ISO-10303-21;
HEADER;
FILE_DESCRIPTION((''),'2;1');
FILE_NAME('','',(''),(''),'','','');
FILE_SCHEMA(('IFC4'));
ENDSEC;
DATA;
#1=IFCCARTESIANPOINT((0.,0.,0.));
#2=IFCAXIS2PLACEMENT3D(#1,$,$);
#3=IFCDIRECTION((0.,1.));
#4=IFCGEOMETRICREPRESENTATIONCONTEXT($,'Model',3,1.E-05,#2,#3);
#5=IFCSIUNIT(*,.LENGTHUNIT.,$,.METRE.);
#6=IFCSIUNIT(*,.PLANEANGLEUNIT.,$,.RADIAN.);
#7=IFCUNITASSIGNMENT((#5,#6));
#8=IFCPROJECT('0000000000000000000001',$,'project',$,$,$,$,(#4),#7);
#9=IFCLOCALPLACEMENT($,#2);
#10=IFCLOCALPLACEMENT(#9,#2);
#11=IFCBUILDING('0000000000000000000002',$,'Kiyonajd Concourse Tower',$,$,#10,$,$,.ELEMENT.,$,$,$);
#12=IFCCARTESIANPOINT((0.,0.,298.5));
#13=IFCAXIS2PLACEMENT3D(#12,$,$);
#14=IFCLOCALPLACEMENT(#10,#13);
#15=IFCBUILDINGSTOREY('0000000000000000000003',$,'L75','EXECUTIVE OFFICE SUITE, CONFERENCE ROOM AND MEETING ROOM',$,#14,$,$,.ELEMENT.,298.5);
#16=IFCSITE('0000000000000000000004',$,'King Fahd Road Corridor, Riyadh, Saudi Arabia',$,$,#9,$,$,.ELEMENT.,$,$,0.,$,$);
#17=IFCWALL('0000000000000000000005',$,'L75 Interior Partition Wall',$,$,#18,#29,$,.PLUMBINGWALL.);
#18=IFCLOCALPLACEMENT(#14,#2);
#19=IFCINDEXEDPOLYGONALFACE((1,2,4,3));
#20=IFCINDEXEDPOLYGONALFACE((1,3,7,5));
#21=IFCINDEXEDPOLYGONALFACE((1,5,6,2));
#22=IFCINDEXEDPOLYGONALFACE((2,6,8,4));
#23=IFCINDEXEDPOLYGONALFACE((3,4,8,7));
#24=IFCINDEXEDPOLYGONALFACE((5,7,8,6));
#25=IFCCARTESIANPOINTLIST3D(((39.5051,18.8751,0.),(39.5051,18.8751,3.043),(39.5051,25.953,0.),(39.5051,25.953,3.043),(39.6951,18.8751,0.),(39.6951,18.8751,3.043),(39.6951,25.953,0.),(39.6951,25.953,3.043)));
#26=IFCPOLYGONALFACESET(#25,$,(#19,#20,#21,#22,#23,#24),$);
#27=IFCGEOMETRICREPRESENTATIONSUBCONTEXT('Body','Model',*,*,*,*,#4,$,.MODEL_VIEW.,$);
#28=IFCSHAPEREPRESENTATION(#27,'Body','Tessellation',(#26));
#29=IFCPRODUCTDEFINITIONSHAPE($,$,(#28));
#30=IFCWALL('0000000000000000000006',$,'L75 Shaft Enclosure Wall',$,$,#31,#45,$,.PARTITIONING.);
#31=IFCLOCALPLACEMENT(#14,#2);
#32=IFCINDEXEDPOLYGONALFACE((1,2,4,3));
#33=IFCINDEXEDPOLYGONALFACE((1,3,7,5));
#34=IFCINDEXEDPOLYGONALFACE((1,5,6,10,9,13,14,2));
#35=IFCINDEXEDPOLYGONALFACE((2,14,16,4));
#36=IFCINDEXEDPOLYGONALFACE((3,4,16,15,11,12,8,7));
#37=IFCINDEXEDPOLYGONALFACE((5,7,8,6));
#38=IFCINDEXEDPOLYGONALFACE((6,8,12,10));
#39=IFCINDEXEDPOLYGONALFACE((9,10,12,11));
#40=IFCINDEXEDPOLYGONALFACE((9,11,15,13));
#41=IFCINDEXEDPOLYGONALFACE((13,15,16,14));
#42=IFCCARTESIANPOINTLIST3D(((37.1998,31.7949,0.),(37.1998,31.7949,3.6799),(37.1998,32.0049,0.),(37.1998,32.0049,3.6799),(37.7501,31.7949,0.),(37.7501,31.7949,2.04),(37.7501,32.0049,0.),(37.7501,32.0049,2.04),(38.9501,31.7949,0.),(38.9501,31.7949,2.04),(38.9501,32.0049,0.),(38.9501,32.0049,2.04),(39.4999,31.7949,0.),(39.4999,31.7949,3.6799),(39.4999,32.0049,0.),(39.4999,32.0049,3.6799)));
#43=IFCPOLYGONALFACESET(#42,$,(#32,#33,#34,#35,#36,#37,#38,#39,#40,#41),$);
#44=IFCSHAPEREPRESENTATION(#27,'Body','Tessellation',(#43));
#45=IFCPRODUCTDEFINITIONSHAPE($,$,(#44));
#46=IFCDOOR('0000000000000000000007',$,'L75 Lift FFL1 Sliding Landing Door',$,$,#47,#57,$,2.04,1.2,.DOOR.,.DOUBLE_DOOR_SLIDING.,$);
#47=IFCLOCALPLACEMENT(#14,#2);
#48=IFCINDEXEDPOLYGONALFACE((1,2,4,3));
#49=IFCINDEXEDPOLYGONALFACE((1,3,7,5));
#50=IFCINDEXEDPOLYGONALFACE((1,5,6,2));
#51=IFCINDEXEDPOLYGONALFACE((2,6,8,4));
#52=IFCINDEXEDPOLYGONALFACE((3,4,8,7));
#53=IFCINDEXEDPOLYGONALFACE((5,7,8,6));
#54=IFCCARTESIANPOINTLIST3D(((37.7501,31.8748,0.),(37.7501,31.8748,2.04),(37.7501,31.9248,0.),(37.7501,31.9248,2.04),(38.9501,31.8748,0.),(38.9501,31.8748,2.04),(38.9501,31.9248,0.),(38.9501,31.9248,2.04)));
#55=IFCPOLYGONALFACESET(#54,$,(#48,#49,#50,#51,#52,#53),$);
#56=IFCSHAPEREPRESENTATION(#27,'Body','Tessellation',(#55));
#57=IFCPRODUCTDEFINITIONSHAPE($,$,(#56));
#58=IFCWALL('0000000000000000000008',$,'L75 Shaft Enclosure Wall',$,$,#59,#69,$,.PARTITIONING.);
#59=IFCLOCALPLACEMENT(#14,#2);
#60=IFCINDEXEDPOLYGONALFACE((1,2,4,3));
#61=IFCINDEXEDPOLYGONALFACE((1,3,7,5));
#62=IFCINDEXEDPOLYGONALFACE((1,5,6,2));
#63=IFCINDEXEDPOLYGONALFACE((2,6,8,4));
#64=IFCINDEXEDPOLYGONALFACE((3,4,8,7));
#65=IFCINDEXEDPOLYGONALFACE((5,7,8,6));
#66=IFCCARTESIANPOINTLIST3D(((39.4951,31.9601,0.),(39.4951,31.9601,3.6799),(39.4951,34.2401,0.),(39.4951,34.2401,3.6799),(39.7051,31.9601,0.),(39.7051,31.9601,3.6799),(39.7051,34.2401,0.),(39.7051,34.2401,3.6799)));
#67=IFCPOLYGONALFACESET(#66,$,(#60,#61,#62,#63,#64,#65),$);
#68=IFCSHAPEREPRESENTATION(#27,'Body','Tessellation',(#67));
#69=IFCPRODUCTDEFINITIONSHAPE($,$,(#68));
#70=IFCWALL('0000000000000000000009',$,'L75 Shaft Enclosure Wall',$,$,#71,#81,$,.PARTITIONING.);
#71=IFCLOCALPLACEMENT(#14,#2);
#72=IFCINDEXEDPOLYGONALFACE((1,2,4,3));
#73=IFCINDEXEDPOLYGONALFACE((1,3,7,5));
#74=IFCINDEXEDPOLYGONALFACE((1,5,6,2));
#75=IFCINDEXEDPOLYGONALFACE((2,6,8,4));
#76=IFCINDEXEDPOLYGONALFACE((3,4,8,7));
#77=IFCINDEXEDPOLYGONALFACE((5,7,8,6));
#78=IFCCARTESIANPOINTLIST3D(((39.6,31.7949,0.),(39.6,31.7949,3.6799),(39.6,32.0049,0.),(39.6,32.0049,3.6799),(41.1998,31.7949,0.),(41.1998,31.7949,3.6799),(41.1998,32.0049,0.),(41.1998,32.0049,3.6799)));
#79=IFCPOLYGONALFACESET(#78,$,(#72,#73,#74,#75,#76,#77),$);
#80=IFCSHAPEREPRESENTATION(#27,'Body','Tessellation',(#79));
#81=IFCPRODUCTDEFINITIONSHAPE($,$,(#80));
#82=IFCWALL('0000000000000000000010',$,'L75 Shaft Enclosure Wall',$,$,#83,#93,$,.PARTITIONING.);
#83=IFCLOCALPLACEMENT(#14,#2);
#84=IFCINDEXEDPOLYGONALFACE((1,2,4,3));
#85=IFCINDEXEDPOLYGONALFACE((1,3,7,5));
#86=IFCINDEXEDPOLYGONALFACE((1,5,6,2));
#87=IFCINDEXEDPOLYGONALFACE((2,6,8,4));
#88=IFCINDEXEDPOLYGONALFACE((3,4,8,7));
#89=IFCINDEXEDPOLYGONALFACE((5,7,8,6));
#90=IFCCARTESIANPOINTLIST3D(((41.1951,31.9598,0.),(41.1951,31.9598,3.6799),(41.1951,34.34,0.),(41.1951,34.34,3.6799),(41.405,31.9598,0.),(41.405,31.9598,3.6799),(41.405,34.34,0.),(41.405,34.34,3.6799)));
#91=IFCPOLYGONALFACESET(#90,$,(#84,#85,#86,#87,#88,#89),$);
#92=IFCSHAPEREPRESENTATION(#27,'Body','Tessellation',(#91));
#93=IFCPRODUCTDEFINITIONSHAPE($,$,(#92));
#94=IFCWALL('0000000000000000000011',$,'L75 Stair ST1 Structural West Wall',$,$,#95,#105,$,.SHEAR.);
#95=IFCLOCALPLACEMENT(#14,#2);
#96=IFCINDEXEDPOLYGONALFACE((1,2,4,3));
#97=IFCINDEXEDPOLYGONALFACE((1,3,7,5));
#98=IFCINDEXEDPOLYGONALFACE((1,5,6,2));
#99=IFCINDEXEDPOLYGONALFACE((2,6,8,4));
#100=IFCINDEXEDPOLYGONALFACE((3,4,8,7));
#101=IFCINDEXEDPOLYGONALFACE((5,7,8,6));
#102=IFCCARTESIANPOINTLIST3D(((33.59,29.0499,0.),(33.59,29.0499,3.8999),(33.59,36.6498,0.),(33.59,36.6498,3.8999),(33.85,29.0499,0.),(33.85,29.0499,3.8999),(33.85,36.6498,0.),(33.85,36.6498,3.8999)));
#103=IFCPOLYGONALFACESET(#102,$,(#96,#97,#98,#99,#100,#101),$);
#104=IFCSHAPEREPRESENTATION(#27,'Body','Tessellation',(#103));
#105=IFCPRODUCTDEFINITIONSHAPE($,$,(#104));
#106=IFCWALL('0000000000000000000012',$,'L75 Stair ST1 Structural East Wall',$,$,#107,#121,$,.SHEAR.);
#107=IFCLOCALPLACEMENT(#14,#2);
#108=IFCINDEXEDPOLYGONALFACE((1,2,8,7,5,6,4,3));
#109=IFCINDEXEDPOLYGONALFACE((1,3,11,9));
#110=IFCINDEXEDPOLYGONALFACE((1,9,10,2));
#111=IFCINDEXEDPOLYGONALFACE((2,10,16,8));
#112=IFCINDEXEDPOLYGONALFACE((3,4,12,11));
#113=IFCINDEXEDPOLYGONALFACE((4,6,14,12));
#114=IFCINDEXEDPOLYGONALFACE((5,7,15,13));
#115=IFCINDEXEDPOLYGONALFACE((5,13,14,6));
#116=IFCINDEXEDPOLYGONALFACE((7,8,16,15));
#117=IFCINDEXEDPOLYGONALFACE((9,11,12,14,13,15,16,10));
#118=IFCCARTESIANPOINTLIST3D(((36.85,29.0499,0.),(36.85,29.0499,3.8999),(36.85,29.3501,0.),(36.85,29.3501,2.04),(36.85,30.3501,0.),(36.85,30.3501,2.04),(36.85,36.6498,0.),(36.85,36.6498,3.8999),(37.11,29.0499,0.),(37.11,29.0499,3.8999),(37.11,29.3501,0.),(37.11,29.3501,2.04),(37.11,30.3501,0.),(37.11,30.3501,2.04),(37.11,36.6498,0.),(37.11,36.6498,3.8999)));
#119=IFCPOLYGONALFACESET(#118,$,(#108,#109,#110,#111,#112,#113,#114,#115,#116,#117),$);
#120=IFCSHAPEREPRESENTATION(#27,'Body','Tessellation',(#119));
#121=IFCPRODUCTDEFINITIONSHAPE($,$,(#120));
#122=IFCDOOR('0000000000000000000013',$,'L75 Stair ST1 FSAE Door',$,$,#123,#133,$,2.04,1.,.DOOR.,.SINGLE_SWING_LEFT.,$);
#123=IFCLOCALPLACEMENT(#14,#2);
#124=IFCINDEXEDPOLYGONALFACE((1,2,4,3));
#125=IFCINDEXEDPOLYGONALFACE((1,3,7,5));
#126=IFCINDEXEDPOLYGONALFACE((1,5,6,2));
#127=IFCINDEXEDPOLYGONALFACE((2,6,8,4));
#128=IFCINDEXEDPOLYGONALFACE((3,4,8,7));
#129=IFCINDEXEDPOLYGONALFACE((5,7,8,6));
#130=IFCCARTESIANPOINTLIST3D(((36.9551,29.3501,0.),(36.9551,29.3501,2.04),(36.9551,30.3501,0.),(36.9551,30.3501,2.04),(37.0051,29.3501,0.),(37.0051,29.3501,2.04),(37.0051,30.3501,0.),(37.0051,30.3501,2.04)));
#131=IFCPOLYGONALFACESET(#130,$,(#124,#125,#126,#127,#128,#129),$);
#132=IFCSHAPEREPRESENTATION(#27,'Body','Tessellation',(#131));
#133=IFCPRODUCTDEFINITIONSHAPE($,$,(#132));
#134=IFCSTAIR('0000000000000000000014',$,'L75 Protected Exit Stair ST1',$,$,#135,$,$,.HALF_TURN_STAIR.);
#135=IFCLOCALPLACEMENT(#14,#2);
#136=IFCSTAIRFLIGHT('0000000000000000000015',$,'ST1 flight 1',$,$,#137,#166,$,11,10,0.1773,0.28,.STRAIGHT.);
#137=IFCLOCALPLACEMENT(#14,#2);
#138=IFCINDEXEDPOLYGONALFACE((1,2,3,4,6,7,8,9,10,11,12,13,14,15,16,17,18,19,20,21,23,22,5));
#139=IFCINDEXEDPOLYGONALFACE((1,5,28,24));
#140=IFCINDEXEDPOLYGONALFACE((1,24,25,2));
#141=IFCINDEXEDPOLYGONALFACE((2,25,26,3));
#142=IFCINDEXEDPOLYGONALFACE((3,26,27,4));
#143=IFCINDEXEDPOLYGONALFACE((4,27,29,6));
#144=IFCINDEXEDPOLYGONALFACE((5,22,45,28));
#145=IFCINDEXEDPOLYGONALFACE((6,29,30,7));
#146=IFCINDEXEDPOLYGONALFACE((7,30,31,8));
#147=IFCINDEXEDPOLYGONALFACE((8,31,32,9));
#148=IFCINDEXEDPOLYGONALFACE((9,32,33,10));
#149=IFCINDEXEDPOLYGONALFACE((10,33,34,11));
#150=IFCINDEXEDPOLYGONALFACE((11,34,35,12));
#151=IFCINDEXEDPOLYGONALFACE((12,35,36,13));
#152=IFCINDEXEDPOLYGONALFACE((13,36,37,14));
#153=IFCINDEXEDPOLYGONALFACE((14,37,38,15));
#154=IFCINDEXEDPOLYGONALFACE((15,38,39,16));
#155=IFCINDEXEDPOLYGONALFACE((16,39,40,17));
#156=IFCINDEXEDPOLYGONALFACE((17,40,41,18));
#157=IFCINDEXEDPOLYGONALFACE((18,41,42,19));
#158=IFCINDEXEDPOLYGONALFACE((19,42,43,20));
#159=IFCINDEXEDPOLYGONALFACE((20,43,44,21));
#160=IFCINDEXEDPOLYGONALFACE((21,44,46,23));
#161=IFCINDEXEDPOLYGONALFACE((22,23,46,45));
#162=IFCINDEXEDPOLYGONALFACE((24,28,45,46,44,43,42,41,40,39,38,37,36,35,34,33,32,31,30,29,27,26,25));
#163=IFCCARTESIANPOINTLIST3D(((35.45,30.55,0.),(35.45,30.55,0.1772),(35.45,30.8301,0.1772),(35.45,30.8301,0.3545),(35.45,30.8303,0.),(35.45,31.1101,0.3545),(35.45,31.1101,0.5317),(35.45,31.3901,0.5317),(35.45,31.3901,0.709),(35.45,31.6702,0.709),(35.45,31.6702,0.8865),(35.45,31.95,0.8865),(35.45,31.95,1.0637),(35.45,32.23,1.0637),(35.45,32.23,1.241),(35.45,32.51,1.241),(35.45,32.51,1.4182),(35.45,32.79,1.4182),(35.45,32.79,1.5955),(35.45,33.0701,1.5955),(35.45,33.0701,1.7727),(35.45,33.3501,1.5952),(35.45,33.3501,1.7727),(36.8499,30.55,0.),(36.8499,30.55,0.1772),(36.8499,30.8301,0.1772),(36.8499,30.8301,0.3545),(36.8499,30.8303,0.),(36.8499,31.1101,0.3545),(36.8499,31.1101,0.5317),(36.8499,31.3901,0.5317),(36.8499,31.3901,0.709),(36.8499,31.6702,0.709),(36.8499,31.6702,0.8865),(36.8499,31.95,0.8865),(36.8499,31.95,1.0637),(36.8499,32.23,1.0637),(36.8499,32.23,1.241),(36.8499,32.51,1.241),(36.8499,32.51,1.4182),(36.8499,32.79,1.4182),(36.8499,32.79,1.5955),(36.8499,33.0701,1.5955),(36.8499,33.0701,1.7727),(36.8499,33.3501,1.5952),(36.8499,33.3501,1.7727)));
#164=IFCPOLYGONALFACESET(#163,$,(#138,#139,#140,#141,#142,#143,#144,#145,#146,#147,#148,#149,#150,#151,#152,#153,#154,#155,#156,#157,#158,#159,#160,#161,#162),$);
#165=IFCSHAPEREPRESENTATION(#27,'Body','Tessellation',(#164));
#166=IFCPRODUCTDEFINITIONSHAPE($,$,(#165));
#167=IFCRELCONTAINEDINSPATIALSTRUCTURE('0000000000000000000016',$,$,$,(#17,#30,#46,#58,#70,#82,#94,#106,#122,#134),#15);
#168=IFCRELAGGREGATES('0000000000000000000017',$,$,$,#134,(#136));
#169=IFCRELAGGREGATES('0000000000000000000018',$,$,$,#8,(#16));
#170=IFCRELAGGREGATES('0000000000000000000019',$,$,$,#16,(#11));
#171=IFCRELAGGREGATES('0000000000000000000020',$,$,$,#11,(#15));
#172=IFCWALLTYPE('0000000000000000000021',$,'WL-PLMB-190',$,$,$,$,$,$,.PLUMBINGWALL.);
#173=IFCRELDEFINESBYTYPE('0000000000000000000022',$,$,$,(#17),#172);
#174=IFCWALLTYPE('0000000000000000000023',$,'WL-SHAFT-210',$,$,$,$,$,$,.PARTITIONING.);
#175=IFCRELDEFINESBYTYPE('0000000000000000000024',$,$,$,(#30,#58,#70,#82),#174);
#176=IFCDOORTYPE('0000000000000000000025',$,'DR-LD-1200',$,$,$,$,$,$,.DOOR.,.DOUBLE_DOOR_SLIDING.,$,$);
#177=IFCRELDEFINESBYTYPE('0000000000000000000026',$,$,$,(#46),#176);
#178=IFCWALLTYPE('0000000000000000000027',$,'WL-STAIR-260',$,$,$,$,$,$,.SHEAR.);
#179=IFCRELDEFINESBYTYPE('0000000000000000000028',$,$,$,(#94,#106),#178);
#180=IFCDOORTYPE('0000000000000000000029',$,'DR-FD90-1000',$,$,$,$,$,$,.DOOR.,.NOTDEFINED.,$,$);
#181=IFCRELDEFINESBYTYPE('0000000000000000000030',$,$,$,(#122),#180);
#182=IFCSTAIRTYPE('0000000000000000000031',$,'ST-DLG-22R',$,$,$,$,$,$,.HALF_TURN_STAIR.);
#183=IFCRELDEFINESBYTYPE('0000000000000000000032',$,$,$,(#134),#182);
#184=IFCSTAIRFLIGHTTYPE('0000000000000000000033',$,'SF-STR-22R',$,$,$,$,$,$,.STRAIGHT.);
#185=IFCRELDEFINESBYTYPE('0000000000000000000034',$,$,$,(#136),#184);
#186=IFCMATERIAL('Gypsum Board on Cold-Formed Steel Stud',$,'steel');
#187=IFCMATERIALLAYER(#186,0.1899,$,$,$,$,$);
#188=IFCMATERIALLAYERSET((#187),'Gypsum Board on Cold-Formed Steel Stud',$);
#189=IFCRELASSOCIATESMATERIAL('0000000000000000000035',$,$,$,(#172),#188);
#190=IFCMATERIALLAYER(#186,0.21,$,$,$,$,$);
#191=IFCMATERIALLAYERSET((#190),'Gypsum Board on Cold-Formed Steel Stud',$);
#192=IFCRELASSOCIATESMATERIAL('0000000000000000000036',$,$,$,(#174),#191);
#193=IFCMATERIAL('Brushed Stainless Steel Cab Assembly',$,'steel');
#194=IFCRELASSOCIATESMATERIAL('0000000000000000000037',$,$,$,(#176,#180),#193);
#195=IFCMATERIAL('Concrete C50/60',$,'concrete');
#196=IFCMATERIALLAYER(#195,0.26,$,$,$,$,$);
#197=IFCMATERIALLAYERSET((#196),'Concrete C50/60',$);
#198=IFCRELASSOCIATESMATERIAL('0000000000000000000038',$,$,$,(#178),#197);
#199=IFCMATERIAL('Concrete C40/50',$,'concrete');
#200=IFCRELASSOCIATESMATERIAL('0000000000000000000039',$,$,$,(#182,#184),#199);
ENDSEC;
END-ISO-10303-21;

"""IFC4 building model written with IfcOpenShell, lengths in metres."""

from ifc_helpers import new_model, si_unit, direction, frame, frame_2d, origin, place, context, subcontext, project, spatial, polyline, rectangle, outline, extrude, material, layer, layer_set, type_object, element, fill, aggregate, save


model = new_model("IFC4")

# Units and contexts
model_context = context("Model", 3, precision=1e-05, world=origin(), true_north=direction((0.0, 1.0)))
body_context = subcontext(model_context, "Body", "Model", "MODEL_VIEW")
ifc_project = project(units=[si_unit("LENGTHUNIT", "METRE"), si_unit("PLANEANGLEUNIT", "RADIAN")], contexts=[model_context])

# Site, building, storey
site_placement = place(None, origin())
site = spatial("IfcSite", under=ifc_project, at=site_placement, Name="King Fahd Road Corridor, Riyadh, Saudi Arabia", CompositionType="ELEMENT", RefElevation=0.0)
building_placement = place(site_placement, origin())
building = spatial("IfcBuilding", under=site, at=building_placement, Name="Kiyonajd Concourse Tower", CompositionType="ELEMENT")
storey_placement = place(building_placement, frame((0.0, 0.0, 298.5)))
storey = spatial("IfcBuildingStorey", under=building, at=storey_placement, Name="L75", Description="EXECUTIVE OFFICE SUITE, CONFERENCE ROOM AND MEETING ROOM", CompositionType="ELEMENT", Elevation=298.5)

# Wall
ifc_material_1 = material(Name="Gypsum Board on Cold-Formed Steel Stud", Category="steel")
ifc_layer_1 = layer(ifc_material_1, 0.1899)
ifc_layer_set_1 = layer_set([ifc_layer_1], Name="Gypsum Board on Cold-Formed Steel Stud")
wall_type_1 = type_object("IfcWallType", Name="WL-PLMB-190", PredefinedType="PLUMBINGWALL", material=ifc_layer_set_1)
wall_1_placement = place(storey_placement, frame((39.6001, 18.875, 0.0), z_axis=(0.0, 0.0, 1.0), x_axis=(0.0, 1.0, 0.0)))
element("IfcWall", 1, at=wall_1_placement, inside=storey, type_object=wall_type_1, Name="L75 Interior Partition Wall", PredefinedType="PLUMBINGWALL", context=body_context, shape_type="SweptSolid", body=[
    extrude(rectangle(XDim=7.0779, YDim=0.1899, at=frame_2d((3.5391, 0.0))), origin(), (0.0, 0.0, 1.0), 3.043),
])

# Wall, opening, door
ifc_layer_2 = layer(ifc_material_1, 0.21)
ifc_layer_set_2 = layer_set([ifc_layer_2], Name="Gypsum Board on Cold-Formed Steel Stud")
wall_type_2 = type_object("IfcWallType", Name="WL-SHAFT-210", PredefinedType="PARTITIONING", material=ifc_layer_set_2)
wall_2_placement = place(storey_placement, frame((37.2, 31.8999, 0.0), z_axis=(0.0, 0.0, 1.0), x_axis=(1.0, 0.0, 0.0)))
wall_2 = element("IfcWall", 2, at=wall_2_placement, inside=storey, type_object=wall_type_2, Name="L75 Shaft Enclosure Wall", PredefinedType="PARTITIONING", context=body_context, shape_type="SweptSolid", body=[
    extrude(rectangle(XDim=2.3, YDim=0.21, at=frame_2d((1.1499, 0.0))), origin(), (0.0, 0.0, 1.0), 3.6799),
])
opening_1_placement = place(wall_2_placement, frame((0.55, 0.0, 0.0)))
opening_1 = element("IfcOpeningElement", 3, at=opening_1_placement, cuts=wall_2, PredefinedType="OPENING", context=body_context, shape_type="SweptSolid", body=[
    extrude(rectangle(XDim=1.2, YDim=2.04, at=frame_2d((0.6001, 1.02))), frame((0.0, 0.115, 0.0), z_axis=(0.0, -1.0, 0.0), x_axis=(1.0, 0.0, 0.0)), (0.0, 0.0, 1.0), 0.23),
])
ifc_material_2 = material(Name="Brushed Stainless Steel Cab Assembly", Category="steel")
door_type_1 = type_object("IfcDoorType", Name="DR-LD-1200", OperationType="DOUBLE_DOOR_SLIDING", PredefinedType="DOOR", material=ifc_material_2)
door_1_placement = place(opening_1_placement, origin())
door_1 = element("IfcDoor", 4, at=door_1_placement, inside=storey, type_object=door_type_1, Name="L75 Lift FFL1 Sliding Landing Door", OperationType="DOUBLE_DOOR_SLIDING", OverallHeight=2.04, OverallWidth=1.2, PredefinedType="DOOR", context=body_context, shape_type="SweptSolid", body=[
    extrude(rectangle(XDim=1.2, YDim=2.04, at=frame_2d((0.6001, 1.02))), frame((0.0, 0.0249, 0.0), z_axis=(0.0, -1.0, 0.0), x_axis=(1.0, 0.0, 0.0)), (0.0, 0.0, 1.0), 0.05),
])
fill(opening_1, door_1)

# Walls
wall_3_placement = place(storey_placement, frame((39.6001, 31.96, 0.0), z_axis=(0.0, 0.0, 1.0), x_axis=(0.0, 1.0, 0.0)))
element("IfcWall", 5, at=wall_3_placement, inside=storey, type_object=wall_type_2, Name="L75 Shaft Enclosure Wall", PredefinedType="PARTITIONING", context=body_context, shape_type="SweptSolid", body=[
    extrude(rectangle(XDim=2.28, YDim=0.21, at=frame_2d((1.1401, 0.0))), origin(), (0.0, 0.0, 1.0), 3.6799),
])
wall_4_placement = place(storey_placement, frame((39.6001, 31.8999, 0.0), z_axis=(0.0, 0.0, 1.0), x_axis=(1.0, 0.0, 0.0)))
element("IfcWall", 6, at=wall_4_placement, inside=storey, type_object=wall_type_2, Name="L75 Shaft Enclosure Wall", PredefinedType="PARTITIONING", context=body_context, shape_type="SweptSolid", body=[
    extrude(rectangle(XDim=1.5999, YDim=0.21, at=frame_2d((0.7998, 0.0))), origin(), (0.0, 0.0, 1.0), 3.6799),
])
wall_5_placement = place(storey_placement, frame((41.3, 31.96, 0.0), z_axis=(0.0, 0.0, 1.0), x_axis=(0.0, 1.0, 0.0)))
element("IfcWall", 7, at=wall_5_placement, inside=storey, type_object=wall_type_2, Name="L75 Shaft Enclosure Wall", PredefinedType="PARTITIONING", context=body_context, shape_type="SweptSolid", body=[
    extrude(rectangle(XDim=2.3801, YDim=0.21, at=frame_2d((1.1899, 0.0))), origin(), (0.0, 0.0, 1.0), 3.6799),
])
ifc_material_3 = material(Name="Concrete C50/60", Category="concrete")
ifc_layer_3 = layer(ifc_material_3, 0.26)
ifc_layer_set_3 = layer_set([ifc_layer_3], Name="Concrete C50/60")
wall_type_3 = type_object("IfcWallType", Name="WL-STAIR-260", PredefinedType="SHEAR", material=ifc_layer_set_3)
wall_6_placement = place(storey_placement, frame((33.72, 29.05, 0.0), z_axis=(0.0, 0.0, 1.0), x_axis=(0.0, 1.0, 0.0)))
element("IfcWall", 8, at=wall_6_placement, inside=storey, type_object=wall_type_3, Name="L75 Stair ST1 Structural West Wall", PredefinedType="SHEAR", context=body_context, shape_type="SweptSolid", body=[
    extrude(rectangle(XDim=7.5999, YDim=0.26, at=frame_2d((3.7998, 0.0))), origin(), (0.0, 0.0, 1.0), 3.8999),
])

# Wall, opening, door
wall_7_placement = place(storey_placement, frame((36.98, 29.05, 0.0), z_axis=(0.0, 0.0, 1.0), x_axis=(0.0, 1.0, 0.0)))
wall_7 = element("IfcWall", 9, at=wall_7_placement, inside=storey, type_object=wall_type_3, Name="L75 Stair ST1 Structural East Wall", PredefinedType="SHEAR", context=body_context, shape_type="SweptSolid", body=[
    extrude(rectangle(XDim=7.5999, YDim=0.26, at=frame_2d((3.7998, 0.0))), origin(), (0.0, 0.0, 1.0), 3.8999),
])
opening_2_placement = place(wall_7_placement, frame((0.3, 0.0, 0.0)))
opening_2 = element("IfcOpeningElement", 10, at=opening_2_placement, cuts=wall_7, PredefinedType="OPENING", context=body_context, shape_type="SweptSolid", body=[
    extrude(rectangle(XDim=1.0, YDim=2.04, at=frame_2d((0.5, 1.02))), frame((0.0, 0.1399, 0.0), z_axis=(0.0, -1.0, 0.0), x_axis=(1.0, 0.0, 0.0)), (0.0, 0.0, 1.0), 0.28),
])
door_type_2 = type_object("IfcDoorType", Name="DR-FD90-1000", OperationType="NOTDEFINED", PredefinedType="DOOR", material=ifc_material_2)
door_2_placement = place(opening_2_placement, origin())
door_2 = element("IfcDoor", 11, at=door_2_placement, inside=storey, type_object=door_type_2, Name="L75 Stair ST1 FSAE Door", OperationType="SINGLE_SWING_LEFT", OverallHeight=2.04, OverallWidth=1.0, PredefinedType="DOOR", context=body_context, shape_type="SweptSolid", body=[
    extrude(rectangle(XDim=1.0, YDim=2.04, at=frame_2d((0.5, 1.02))), frame((0.0, 0.0249, 0.0), z_axis=(0.0, -1.0, 0.0), x_axis=(1.0, 0.0, 0.0)), (0.0, 0.0, 1.0), 0.05),
])
fill(opening_2, door_2)

# Stair, stair flight
ifc_material_4 = material(Name="Concrete C40/50", Category="concrete")
stair_type = type_object("IfcStairType", Name="ST-DLG-22R", PredefinedType="HALF_TURN_STAIR", material=ifc_material_4)
stair_placement = place(storey_placement, origin())
stair = element("IfcStair", 12, at=stair_placement, inside=storey, type_object=stair_type, Name="L75 Protected Exit Stair ST1", PredefinedType="HALF_TURN_STAIR")
stair_flight_type = type_object("IfcStairFlightType", Name="SF-STR-22R", PredefinedType="STRAIGHT", material=ifc_material_4)
stair_flight_placement = place(storey_placement, frame((36.1499, 30.55, 0.0), z_axis=(0.0, 0.0, 1.0), x_axis=(0.0, 1.0, 0.0)))
stair_flight = element("IfcStairFlight", 13, at=stair_flight_placement, type_object=stair_flight_type, Name="ST1 flight 1", NumberOfRisers=11, NumberOfTreads=10, PredefinedType="STRAIGHT", RiserHeight=0.1773, TreadLength=0.28, context=body_context, shape_type="SweptSolid", body=[
    extrude(outline(polyline([(0.0, 0.0), (0.0, 0.1772), (0.28, 0.1772), (0.28, 0.3545), (0.5601, 0.3545), (0.5601, 0.5317), (0.8401, 0.5317), (0.8401, 0.709), (1.1201, 0.709), (1.1201, 0.8865), (1.3999, 0.8865), (1.3999, 1.0637), (1.6799, 1.0637), (1.6799, 1.241), (1.96, 1.241), (1.96, 1.4182), (2.24, 1.4182), (2.24, 1.5955), (2.52, 1.5955), (2.52, 1.7727), (2.8, 1.7727), (2.8, 1.95), (2.8, 1.5952), (0.2803, 0.0), (0.0, 0.0)])), frame((0.0, 0.7, 0.0), z_axis=(0.0, -1.0, 0.0), x_axis=(1.0, 0.0, 0.0)), (0.0, 0.0, 1.0), 1.3999),
])
aggregate(stair, [stair_flight])

save(model, "model.ifc")
